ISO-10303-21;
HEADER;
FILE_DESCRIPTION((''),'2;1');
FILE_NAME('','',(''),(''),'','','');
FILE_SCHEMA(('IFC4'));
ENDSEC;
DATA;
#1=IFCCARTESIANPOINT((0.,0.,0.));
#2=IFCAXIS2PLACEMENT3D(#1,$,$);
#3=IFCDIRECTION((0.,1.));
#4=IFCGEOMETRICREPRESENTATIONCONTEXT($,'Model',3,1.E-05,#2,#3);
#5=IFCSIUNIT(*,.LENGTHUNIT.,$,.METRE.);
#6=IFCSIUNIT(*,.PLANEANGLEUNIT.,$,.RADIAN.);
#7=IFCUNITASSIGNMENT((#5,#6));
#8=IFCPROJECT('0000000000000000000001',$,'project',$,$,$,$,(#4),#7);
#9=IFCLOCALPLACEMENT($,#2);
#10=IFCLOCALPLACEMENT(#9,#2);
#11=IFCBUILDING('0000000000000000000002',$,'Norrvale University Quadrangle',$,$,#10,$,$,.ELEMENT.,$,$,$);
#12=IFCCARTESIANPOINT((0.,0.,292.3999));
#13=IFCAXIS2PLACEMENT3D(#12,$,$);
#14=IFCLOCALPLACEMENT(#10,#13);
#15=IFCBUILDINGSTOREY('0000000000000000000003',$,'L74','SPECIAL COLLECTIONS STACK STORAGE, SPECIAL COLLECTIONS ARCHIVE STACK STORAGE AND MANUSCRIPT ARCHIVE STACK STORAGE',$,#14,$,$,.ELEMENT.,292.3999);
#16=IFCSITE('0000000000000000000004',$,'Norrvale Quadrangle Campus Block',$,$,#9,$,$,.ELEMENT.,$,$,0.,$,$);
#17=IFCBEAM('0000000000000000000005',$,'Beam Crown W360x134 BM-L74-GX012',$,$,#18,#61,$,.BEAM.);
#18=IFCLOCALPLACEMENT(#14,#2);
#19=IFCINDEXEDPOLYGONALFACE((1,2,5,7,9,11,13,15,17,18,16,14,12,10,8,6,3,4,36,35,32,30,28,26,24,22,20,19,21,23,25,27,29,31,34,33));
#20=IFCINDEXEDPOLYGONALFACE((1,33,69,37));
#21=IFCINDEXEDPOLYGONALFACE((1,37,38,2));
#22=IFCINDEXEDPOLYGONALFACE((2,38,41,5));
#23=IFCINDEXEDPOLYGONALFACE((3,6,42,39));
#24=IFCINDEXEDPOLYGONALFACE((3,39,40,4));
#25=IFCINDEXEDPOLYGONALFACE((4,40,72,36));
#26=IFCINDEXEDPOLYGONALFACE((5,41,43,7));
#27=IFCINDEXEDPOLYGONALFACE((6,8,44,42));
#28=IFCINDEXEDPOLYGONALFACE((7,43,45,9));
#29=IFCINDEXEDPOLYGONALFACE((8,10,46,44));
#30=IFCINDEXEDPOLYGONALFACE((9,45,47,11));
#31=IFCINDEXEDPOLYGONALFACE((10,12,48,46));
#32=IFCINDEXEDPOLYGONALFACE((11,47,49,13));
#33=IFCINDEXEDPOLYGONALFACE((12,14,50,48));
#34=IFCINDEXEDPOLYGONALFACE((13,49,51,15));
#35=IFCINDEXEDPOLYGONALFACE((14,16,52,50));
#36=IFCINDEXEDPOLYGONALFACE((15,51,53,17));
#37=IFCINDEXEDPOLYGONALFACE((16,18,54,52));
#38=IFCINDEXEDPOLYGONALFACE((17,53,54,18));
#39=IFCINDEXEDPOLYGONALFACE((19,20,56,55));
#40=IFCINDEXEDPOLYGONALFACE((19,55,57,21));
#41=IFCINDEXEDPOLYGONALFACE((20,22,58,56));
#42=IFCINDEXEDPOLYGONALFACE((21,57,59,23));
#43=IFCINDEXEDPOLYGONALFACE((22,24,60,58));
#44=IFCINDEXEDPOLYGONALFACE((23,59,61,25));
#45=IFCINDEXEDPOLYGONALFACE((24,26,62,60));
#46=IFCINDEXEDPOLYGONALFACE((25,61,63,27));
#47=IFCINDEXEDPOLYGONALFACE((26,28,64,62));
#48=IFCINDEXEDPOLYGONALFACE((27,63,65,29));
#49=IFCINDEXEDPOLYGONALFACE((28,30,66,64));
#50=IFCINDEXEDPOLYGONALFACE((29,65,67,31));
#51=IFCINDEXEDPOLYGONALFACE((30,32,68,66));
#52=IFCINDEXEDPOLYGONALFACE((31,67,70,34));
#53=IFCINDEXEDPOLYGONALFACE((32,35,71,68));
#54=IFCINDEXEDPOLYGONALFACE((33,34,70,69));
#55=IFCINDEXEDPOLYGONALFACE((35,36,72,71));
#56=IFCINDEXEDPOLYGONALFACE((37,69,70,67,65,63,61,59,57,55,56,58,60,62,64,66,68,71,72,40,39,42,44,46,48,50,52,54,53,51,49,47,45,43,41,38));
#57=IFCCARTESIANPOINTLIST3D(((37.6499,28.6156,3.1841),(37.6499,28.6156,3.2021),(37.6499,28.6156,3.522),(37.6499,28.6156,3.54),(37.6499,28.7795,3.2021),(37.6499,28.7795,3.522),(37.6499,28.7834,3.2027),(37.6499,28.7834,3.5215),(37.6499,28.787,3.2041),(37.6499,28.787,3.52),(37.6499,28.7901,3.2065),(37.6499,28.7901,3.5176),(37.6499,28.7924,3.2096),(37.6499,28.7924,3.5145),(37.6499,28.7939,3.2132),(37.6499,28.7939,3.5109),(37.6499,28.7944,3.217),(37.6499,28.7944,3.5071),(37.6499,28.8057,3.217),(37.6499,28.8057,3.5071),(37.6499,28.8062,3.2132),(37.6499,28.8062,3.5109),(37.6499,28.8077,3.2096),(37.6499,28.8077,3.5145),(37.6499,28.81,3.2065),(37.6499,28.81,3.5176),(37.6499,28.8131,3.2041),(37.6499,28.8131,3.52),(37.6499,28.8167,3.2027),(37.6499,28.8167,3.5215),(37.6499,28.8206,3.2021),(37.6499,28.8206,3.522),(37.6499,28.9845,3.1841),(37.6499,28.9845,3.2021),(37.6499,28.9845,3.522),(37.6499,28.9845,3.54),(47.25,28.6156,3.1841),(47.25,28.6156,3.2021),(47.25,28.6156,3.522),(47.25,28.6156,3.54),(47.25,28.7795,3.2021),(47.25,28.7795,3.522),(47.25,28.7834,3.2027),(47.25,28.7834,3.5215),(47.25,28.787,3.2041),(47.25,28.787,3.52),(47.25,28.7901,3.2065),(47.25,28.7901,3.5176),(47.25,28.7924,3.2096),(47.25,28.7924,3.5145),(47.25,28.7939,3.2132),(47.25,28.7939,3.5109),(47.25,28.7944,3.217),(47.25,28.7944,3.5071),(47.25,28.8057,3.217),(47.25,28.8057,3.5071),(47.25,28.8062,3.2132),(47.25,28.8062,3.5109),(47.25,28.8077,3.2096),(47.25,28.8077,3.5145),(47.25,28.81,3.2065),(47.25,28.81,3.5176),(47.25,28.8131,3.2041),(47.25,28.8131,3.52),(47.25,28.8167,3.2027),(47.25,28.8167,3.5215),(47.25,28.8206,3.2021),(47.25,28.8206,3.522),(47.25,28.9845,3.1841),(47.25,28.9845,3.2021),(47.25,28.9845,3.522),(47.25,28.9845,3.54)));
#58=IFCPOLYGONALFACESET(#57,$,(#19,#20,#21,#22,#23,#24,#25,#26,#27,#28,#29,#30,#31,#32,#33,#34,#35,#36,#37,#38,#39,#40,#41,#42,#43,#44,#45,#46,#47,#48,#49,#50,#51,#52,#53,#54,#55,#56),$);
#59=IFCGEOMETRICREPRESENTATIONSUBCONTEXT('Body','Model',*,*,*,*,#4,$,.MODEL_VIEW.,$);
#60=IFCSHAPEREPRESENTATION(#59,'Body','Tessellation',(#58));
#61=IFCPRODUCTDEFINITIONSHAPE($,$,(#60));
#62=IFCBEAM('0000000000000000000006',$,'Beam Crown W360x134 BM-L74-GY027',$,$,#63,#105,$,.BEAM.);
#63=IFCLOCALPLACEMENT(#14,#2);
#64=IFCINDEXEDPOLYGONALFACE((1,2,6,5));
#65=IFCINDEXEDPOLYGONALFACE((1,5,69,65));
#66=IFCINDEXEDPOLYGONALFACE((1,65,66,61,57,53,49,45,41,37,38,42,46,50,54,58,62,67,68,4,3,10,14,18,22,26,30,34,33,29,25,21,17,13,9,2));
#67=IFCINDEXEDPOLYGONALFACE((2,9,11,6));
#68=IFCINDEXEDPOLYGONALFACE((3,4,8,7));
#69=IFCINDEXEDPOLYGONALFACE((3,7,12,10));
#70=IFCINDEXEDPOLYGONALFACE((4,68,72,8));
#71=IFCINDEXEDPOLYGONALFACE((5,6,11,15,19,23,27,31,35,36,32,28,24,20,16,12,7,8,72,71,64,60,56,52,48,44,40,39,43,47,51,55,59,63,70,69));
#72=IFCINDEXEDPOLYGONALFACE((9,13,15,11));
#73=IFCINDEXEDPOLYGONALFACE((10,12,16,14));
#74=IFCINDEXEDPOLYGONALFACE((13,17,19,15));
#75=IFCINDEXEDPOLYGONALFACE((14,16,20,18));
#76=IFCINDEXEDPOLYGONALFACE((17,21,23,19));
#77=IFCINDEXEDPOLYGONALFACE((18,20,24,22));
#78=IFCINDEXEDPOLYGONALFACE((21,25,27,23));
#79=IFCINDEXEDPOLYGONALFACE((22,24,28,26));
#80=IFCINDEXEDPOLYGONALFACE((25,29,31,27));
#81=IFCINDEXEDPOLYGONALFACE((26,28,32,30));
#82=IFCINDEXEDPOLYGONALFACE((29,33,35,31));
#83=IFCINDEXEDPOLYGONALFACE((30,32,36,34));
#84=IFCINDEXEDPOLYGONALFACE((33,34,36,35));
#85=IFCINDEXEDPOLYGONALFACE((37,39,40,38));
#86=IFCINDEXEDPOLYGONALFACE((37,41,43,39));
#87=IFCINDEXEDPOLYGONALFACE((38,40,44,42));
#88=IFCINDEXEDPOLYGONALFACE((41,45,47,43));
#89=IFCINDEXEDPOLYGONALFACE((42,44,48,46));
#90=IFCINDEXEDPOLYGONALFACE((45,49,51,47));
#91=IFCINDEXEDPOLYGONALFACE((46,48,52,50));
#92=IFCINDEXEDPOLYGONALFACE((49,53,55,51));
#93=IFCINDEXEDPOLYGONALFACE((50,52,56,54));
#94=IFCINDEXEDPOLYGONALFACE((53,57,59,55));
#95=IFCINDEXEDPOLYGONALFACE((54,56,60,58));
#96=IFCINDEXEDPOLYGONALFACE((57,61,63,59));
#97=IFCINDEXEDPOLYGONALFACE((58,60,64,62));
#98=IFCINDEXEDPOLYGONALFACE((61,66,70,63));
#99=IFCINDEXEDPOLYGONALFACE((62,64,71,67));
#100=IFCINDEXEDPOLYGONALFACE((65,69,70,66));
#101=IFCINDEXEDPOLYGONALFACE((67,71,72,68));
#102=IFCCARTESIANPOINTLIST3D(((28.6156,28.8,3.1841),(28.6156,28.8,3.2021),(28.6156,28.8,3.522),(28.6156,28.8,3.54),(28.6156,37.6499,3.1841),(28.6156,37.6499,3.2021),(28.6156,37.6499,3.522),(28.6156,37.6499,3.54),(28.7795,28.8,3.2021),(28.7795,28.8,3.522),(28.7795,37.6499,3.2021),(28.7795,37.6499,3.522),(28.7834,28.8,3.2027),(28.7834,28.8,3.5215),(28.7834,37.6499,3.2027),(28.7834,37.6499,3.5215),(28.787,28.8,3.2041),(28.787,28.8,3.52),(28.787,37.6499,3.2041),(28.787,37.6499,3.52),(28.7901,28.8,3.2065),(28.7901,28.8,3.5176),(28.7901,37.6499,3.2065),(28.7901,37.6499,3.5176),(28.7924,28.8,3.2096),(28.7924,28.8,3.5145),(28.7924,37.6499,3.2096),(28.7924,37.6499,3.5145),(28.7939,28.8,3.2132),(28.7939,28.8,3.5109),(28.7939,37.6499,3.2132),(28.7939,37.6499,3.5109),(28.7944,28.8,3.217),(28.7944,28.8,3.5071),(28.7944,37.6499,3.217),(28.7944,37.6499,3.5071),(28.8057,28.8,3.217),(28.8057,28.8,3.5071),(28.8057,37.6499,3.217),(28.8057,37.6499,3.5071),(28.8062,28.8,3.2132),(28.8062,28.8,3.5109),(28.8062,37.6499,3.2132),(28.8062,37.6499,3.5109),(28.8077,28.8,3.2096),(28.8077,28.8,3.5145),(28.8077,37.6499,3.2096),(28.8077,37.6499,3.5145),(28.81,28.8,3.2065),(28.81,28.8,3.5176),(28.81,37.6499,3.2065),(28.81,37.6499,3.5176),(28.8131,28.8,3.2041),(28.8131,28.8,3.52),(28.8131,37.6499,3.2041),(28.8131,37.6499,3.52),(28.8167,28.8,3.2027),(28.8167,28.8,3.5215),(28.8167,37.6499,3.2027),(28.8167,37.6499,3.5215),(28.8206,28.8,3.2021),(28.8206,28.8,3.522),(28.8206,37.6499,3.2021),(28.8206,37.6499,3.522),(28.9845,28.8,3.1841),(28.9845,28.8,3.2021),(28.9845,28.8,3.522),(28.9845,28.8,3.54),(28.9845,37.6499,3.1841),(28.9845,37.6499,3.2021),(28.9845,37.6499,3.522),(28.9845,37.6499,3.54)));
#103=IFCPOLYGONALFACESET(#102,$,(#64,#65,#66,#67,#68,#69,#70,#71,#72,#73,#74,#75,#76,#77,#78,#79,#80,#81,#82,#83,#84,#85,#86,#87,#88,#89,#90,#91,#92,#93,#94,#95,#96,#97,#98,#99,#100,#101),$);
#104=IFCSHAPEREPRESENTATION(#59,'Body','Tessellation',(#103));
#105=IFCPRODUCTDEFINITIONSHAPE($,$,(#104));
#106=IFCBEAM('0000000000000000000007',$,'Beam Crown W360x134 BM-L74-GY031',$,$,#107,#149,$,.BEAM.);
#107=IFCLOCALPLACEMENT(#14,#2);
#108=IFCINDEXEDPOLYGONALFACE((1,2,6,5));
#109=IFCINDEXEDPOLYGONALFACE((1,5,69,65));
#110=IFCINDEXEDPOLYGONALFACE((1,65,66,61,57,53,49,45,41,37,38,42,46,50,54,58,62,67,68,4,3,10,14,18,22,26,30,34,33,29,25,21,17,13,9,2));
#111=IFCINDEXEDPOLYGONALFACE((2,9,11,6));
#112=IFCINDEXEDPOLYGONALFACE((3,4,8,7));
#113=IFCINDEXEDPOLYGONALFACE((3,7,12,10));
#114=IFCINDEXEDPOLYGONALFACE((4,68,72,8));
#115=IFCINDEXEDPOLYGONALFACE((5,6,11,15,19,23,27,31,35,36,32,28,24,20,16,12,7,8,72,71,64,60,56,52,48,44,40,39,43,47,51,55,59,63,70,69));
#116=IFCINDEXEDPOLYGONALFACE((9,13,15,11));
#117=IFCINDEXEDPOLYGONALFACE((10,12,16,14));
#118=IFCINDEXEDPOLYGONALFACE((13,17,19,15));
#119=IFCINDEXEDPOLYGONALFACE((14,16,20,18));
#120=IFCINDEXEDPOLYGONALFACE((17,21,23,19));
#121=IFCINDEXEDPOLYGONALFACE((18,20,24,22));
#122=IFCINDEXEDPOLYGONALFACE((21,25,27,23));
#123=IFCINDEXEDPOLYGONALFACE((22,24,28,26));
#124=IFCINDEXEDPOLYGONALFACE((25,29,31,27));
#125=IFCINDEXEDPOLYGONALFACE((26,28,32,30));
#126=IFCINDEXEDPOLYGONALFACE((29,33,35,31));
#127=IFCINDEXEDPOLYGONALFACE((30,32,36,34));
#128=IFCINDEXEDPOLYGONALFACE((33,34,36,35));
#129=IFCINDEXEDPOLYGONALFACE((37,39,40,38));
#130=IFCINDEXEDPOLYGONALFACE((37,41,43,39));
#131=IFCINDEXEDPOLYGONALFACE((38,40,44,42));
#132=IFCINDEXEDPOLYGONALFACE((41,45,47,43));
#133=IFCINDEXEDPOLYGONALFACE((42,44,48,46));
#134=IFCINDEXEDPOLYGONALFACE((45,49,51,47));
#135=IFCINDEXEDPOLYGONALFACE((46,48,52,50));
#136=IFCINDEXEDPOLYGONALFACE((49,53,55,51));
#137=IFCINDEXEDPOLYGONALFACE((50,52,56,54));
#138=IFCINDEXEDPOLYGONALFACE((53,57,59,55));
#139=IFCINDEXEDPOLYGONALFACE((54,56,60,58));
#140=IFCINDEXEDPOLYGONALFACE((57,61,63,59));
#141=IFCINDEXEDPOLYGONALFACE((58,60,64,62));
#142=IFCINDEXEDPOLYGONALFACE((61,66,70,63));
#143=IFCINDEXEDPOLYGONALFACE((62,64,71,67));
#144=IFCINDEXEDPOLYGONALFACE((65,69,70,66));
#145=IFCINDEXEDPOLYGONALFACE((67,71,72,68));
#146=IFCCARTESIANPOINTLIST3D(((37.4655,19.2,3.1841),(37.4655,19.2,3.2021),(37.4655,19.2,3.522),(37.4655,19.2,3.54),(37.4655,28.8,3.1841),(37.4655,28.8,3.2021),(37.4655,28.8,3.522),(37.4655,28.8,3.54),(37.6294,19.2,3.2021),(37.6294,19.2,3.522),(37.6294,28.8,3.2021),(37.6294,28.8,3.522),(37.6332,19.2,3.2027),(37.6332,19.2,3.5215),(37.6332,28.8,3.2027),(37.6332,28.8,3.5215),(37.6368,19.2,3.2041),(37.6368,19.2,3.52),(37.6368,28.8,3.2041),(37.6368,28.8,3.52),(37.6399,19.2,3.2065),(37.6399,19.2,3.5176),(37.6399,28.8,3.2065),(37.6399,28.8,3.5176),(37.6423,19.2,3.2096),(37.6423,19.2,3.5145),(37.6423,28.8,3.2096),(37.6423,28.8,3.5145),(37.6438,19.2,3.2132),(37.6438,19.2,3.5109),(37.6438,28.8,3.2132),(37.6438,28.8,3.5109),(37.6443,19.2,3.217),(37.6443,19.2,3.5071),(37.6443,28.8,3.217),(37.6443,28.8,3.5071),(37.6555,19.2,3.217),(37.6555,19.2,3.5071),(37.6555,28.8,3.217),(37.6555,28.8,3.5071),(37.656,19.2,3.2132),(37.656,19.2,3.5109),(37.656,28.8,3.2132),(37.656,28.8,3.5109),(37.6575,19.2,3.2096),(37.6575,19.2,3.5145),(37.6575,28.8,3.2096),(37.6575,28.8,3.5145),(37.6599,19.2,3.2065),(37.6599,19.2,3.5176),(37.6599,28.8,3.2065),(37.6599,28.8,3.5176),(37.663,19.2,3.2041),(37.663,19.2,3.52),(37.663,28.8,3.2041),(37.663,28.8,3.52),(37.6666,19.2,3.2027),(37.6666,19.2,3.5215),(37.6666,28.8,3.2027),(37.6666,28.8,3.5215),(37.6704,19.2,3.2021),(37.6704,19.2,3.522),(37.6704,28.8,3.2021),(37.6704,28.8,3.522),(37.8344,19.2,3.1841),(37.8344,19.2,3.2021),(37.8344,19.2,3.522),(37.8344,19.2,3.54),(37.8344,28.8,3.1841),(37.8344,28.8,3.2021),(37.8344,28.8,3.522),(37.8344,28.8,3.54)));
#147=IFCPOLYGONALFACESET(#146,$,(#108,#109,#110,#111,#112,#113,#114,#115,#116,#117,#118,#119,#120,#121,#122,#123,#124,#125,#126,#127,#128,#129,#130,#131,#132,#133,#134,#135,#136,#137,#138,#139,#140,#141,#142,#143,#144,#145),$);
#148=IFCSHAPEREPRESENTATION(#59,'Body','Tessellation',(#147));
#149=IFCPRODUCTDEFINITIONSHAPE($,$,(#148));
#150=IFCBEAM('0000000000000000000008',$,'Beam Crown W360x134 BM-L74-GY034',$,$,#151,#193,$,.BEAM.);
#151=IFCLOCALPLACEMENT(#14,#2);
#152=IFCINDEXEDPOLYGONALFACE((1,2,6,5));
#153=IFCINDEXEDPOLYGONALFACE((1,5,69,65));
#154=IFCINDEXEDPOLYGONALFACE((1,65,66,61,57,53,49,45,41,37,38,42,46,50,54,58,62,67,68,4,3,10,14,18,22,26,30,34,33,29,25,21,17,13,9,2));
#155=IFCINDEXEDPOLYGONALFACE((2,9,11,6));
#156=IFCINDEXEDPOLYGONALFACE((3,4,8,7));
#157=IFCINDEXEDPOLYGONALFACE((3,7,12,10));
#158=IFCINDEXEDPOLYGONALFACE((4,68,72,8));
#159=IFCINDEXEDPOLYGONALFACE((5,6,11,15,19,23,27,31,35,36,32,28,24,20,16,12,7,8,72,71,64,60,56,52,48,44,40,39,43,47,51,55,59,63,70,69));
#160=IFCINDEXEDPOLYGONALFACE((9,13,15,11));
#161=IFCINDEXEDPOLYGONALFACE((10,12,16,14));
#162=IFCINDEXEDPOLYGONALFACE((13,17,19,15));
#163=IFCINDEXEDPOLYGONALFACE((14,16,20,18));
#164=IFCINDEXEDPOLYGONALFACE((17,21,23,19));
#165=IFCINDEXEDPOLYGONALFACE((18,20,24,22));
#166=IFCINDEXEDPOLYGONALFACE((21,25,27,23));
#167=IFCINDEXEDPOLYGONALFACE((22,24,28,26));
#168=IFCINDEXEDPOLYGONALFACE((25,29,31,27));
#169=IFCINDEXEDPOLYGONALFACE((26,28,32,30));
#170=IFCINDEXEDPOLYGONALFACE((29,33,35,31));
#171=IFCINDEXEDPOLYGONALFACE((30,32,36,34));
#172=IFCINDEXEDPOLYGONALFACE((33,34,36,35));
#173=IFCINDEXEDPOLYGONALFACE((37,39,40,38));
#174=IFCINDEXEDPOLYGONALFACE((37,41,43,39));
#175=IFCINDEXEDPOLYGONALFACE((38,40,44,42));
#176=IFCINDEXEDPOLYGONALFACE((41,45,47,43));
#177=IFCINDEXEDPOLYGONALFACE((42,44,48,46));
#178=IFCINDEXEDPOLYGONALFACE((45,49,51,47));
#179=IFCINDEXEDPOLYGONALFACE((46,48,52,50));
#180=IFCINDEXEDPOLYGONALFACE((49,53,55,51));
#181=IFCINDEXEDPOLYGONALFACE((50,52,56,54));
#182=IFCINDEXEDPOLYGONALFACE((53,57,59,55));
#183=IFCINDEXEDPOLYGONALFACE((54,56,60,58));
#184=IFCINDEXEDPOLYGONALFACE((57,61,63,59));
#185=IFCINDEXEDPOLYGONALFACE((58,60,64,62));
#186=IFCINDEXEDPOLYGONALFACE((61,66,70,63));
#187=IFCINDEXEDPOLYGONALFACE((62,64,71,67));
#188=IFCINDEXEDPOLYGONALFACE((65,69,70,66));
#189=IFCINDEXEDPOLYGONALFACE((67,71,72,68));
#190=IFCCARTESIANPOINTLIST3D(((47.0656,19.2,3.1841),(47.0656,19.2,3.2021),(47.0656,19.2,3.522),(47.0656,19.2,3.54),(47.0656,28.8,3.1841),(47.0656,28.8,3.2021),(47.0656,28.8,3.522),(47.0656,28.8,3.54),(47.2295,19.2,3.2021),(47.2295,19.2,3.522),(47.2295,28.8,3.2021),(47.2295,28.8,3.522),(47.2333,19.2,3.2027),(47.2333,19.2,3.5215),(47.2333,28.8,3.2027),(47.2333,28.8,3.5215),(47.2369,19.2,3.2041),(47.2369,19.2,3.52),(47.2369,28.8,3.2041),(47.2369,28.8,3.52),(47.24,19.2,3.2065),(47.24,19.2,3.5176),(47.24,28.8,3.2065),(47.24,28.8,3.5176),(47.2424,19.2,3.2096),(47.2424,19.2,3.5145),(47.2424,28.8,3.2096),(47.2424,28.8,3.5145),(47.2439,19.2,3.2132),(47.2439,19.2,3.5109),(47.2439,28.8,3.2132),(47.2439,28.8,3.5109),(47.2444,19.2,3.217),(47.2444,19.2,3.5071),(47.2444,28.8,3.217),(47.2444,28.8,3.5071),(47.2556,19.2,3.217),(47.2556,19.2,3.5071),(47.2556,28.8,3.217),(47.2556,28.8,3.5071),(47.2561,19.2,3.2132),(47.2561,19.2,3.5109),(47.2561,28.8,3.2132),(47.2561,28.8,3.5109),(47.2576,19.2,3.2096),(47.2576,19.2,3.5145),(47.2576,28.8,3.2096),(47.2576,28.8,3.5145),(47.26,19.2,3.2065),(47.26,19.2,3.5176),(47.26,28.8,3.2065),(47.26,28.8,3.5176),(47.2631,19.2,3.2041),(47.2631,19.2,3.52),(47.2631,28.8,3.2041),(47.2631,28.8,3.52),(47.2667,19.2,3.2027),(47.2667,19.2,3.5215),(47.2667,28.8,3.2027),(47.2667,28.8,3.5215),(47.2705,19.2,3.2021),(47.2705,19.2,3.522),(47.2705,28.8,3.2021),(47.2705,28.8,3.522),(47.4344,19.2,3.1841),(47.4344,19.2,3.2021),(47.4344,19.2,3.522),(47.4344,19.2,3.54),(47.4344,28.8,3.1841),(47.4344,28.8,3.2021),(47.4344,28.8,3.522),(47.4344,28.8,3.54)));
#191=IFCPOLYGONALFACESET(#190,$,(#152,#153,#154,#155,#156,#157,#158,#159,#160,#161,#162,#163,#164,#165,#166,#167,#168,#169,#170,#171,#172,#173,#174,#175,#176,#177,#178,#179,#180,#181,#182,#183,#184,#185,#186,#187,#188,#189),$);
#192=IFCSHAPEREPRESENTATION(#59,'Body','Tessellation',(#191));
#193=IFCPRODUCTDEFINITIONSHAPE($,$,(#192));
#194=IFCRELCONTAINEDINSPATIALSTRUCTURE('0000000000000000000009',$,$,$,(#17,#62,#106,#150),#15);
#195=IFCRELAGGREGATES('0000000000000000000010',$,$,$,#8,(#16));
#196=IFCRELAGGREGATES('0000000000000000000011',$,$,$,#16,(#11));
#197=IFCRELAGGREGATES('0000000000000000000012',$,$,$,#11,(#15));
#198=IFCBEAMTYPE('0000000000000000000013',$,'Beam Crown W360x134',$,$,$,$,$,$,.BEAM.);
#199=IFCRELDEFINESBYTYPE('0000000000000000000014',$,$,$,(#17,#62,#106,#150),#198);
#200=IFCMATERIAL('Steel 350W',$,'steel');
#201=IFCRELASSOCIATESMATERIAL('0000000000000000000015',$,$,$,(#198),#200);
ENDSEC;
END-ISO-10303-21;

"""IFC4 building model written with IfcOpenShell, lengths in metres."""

from ifc_helpers import new_model, si_unit, direction, frame, origin, origin_2d, place, context, subcontext, project, spatial, i_section, extrude, material, material_profile, profile_set, type_object, element, save


model = new_model("IFC4")

# Units and contexts
model_context = context("Model", 3, precision=1e-05, world=origin(), true_north=direction((0.0, 1.0)))
body_context = subcontext(model_context, "Body", "Model", "MODEL_VIEW")
ifc_project = project(units=[si_unit("LENGTHUNIT", "METRE"), si_unit("PLANEANGLEUNIT", "RADIAN")], contexts=[model_context])

# Site, building, storey
site_placement = place(None, origin())
site = spatial("IfcSite", under=ifc_project, at=site_placement, Name="Norrvale Quadrangle Campus Block", CompositionType="ELEMENT", RefElevation=0.0)
building_placement = place(site_placement, origin())
building = spatial("IfcBuilding", under=site, at=building_placement, Name="Norrvale University Quadrangle", CompositionType="ELEMENT")
storey_placement = place(building_placement, frame((0.0, 0.0, 292.3999)))
storey = spatial("IfcBuildingStorey", under=building, at=storey_placement, Name="L74", Description="SPECIAL COLLECTIONS STACK STORAGE, SPECIAL COLLECTIONS ARCHIVE STACK STORAGE AND MANUSCRIPT ARCHIVE STACK STORAGE", CompositionType="ELEMENT", Elevation=292.3999)

# Beams
ifc_material_1 = material(Name="Steel 350W", Category="steel")
ifc_material_profile_1 = material_profile(ifc_material_1, i_section(OverallWidth=0.3689, OverallDepth=0.356, WebThickness=0.0112, FlangeThickness=0.0181, FilletRadius=0.0149, at=origin_2d()), Name="Steel 350W")
ifc_profile_set_1 = profile_set([ifc_material_profile_1], Name="Steel 350W")
beam_type_1 = type_object("IfcBeamType", Name="Beam Crown W360x134", PredefinedType="BEAM", material=ifc_profile_set_1)
beam_1_placement = place(storey_placement, frame((37.6499, 28.8, 3.3621), z_axis=(1.0, 0.0, 0.0), x_axis=(0.0, 1.0, 0.0)))
element("IfcBeam", 1, at=beam_1_placement, inside=storey, type_object=beam_type_1, Name="Beam Crown W360x134 BM-L74-GX012", PredefinedType="BEAM", context=body_context, shape_type="SweptSolid", body=[
    extrude(i_section(OverallWidth=0.3689, OverallDepth=0.356, WebThickness=0.0112, FlangeThickness=0.0181, FilletRadius=0.0149, at=origin_2d()), origin(), (0.0, 0.0, 1.0), 9.6001),
])
beam_2_placement = place(storey_placement, frame((28.8, 28.8, 3.3621), z_axis=(0.0, 1.0, 0.0), x_axis=(-1.0, 0.0, 0.0)))
element("IfcBeam", 2, at=beam_2_placement, inside=storey, type_object=beam_type_1, Name="Beam Crown W360x134 BM-L74-GY027", PredefinedType="BEAM", context=body_context, shape_type="SweptSolid", body=[
    extrude(i_section(OverallWidth=0.3689, OverallDepth=0.356, WebThickness=0.0112, FlangeThickness=0.0181, FilletRadius=0.0149, at=origin_2d()), origin(), (0.0, 0.0, 1.0), 8.8499),
])
for number, where, z_axis, x_axis, name in (
    (3, (37.6499, 19.2, 3.3621), (0.0, 1.0, 0.0), (-1.0, 0.0, 0.0), "Beam Crown W360x134 BM-L74-GY031"),
    (4, (47.25, 19.2, 3.3621), (0.0, 1.0, 0.0), (-1.0, 0.0, 0.0), "Beam Crown W360x134 BM-L74-GY034"),
):
    element("IfcBeam", number, at=place(storey_placement, frame(where, z_axis=z_axis, x_axis=x_axis)), inside=storey, type_object=beam_type_1, Name=name, PredefinedType="BEAM", context=body_context, shape_type="SweptSolid", body=[
        extrude(i_section(OverallWidth=0.3689, OverallDepth=0.356, WebThickness=0.0112, FlangeThickness=0.0181, FilletRadius=0.0149, at=origin_2d()), origin(), (0.0, 0.0, 1.0), 9.6001),
    ])

save(model, "model.ifc")
